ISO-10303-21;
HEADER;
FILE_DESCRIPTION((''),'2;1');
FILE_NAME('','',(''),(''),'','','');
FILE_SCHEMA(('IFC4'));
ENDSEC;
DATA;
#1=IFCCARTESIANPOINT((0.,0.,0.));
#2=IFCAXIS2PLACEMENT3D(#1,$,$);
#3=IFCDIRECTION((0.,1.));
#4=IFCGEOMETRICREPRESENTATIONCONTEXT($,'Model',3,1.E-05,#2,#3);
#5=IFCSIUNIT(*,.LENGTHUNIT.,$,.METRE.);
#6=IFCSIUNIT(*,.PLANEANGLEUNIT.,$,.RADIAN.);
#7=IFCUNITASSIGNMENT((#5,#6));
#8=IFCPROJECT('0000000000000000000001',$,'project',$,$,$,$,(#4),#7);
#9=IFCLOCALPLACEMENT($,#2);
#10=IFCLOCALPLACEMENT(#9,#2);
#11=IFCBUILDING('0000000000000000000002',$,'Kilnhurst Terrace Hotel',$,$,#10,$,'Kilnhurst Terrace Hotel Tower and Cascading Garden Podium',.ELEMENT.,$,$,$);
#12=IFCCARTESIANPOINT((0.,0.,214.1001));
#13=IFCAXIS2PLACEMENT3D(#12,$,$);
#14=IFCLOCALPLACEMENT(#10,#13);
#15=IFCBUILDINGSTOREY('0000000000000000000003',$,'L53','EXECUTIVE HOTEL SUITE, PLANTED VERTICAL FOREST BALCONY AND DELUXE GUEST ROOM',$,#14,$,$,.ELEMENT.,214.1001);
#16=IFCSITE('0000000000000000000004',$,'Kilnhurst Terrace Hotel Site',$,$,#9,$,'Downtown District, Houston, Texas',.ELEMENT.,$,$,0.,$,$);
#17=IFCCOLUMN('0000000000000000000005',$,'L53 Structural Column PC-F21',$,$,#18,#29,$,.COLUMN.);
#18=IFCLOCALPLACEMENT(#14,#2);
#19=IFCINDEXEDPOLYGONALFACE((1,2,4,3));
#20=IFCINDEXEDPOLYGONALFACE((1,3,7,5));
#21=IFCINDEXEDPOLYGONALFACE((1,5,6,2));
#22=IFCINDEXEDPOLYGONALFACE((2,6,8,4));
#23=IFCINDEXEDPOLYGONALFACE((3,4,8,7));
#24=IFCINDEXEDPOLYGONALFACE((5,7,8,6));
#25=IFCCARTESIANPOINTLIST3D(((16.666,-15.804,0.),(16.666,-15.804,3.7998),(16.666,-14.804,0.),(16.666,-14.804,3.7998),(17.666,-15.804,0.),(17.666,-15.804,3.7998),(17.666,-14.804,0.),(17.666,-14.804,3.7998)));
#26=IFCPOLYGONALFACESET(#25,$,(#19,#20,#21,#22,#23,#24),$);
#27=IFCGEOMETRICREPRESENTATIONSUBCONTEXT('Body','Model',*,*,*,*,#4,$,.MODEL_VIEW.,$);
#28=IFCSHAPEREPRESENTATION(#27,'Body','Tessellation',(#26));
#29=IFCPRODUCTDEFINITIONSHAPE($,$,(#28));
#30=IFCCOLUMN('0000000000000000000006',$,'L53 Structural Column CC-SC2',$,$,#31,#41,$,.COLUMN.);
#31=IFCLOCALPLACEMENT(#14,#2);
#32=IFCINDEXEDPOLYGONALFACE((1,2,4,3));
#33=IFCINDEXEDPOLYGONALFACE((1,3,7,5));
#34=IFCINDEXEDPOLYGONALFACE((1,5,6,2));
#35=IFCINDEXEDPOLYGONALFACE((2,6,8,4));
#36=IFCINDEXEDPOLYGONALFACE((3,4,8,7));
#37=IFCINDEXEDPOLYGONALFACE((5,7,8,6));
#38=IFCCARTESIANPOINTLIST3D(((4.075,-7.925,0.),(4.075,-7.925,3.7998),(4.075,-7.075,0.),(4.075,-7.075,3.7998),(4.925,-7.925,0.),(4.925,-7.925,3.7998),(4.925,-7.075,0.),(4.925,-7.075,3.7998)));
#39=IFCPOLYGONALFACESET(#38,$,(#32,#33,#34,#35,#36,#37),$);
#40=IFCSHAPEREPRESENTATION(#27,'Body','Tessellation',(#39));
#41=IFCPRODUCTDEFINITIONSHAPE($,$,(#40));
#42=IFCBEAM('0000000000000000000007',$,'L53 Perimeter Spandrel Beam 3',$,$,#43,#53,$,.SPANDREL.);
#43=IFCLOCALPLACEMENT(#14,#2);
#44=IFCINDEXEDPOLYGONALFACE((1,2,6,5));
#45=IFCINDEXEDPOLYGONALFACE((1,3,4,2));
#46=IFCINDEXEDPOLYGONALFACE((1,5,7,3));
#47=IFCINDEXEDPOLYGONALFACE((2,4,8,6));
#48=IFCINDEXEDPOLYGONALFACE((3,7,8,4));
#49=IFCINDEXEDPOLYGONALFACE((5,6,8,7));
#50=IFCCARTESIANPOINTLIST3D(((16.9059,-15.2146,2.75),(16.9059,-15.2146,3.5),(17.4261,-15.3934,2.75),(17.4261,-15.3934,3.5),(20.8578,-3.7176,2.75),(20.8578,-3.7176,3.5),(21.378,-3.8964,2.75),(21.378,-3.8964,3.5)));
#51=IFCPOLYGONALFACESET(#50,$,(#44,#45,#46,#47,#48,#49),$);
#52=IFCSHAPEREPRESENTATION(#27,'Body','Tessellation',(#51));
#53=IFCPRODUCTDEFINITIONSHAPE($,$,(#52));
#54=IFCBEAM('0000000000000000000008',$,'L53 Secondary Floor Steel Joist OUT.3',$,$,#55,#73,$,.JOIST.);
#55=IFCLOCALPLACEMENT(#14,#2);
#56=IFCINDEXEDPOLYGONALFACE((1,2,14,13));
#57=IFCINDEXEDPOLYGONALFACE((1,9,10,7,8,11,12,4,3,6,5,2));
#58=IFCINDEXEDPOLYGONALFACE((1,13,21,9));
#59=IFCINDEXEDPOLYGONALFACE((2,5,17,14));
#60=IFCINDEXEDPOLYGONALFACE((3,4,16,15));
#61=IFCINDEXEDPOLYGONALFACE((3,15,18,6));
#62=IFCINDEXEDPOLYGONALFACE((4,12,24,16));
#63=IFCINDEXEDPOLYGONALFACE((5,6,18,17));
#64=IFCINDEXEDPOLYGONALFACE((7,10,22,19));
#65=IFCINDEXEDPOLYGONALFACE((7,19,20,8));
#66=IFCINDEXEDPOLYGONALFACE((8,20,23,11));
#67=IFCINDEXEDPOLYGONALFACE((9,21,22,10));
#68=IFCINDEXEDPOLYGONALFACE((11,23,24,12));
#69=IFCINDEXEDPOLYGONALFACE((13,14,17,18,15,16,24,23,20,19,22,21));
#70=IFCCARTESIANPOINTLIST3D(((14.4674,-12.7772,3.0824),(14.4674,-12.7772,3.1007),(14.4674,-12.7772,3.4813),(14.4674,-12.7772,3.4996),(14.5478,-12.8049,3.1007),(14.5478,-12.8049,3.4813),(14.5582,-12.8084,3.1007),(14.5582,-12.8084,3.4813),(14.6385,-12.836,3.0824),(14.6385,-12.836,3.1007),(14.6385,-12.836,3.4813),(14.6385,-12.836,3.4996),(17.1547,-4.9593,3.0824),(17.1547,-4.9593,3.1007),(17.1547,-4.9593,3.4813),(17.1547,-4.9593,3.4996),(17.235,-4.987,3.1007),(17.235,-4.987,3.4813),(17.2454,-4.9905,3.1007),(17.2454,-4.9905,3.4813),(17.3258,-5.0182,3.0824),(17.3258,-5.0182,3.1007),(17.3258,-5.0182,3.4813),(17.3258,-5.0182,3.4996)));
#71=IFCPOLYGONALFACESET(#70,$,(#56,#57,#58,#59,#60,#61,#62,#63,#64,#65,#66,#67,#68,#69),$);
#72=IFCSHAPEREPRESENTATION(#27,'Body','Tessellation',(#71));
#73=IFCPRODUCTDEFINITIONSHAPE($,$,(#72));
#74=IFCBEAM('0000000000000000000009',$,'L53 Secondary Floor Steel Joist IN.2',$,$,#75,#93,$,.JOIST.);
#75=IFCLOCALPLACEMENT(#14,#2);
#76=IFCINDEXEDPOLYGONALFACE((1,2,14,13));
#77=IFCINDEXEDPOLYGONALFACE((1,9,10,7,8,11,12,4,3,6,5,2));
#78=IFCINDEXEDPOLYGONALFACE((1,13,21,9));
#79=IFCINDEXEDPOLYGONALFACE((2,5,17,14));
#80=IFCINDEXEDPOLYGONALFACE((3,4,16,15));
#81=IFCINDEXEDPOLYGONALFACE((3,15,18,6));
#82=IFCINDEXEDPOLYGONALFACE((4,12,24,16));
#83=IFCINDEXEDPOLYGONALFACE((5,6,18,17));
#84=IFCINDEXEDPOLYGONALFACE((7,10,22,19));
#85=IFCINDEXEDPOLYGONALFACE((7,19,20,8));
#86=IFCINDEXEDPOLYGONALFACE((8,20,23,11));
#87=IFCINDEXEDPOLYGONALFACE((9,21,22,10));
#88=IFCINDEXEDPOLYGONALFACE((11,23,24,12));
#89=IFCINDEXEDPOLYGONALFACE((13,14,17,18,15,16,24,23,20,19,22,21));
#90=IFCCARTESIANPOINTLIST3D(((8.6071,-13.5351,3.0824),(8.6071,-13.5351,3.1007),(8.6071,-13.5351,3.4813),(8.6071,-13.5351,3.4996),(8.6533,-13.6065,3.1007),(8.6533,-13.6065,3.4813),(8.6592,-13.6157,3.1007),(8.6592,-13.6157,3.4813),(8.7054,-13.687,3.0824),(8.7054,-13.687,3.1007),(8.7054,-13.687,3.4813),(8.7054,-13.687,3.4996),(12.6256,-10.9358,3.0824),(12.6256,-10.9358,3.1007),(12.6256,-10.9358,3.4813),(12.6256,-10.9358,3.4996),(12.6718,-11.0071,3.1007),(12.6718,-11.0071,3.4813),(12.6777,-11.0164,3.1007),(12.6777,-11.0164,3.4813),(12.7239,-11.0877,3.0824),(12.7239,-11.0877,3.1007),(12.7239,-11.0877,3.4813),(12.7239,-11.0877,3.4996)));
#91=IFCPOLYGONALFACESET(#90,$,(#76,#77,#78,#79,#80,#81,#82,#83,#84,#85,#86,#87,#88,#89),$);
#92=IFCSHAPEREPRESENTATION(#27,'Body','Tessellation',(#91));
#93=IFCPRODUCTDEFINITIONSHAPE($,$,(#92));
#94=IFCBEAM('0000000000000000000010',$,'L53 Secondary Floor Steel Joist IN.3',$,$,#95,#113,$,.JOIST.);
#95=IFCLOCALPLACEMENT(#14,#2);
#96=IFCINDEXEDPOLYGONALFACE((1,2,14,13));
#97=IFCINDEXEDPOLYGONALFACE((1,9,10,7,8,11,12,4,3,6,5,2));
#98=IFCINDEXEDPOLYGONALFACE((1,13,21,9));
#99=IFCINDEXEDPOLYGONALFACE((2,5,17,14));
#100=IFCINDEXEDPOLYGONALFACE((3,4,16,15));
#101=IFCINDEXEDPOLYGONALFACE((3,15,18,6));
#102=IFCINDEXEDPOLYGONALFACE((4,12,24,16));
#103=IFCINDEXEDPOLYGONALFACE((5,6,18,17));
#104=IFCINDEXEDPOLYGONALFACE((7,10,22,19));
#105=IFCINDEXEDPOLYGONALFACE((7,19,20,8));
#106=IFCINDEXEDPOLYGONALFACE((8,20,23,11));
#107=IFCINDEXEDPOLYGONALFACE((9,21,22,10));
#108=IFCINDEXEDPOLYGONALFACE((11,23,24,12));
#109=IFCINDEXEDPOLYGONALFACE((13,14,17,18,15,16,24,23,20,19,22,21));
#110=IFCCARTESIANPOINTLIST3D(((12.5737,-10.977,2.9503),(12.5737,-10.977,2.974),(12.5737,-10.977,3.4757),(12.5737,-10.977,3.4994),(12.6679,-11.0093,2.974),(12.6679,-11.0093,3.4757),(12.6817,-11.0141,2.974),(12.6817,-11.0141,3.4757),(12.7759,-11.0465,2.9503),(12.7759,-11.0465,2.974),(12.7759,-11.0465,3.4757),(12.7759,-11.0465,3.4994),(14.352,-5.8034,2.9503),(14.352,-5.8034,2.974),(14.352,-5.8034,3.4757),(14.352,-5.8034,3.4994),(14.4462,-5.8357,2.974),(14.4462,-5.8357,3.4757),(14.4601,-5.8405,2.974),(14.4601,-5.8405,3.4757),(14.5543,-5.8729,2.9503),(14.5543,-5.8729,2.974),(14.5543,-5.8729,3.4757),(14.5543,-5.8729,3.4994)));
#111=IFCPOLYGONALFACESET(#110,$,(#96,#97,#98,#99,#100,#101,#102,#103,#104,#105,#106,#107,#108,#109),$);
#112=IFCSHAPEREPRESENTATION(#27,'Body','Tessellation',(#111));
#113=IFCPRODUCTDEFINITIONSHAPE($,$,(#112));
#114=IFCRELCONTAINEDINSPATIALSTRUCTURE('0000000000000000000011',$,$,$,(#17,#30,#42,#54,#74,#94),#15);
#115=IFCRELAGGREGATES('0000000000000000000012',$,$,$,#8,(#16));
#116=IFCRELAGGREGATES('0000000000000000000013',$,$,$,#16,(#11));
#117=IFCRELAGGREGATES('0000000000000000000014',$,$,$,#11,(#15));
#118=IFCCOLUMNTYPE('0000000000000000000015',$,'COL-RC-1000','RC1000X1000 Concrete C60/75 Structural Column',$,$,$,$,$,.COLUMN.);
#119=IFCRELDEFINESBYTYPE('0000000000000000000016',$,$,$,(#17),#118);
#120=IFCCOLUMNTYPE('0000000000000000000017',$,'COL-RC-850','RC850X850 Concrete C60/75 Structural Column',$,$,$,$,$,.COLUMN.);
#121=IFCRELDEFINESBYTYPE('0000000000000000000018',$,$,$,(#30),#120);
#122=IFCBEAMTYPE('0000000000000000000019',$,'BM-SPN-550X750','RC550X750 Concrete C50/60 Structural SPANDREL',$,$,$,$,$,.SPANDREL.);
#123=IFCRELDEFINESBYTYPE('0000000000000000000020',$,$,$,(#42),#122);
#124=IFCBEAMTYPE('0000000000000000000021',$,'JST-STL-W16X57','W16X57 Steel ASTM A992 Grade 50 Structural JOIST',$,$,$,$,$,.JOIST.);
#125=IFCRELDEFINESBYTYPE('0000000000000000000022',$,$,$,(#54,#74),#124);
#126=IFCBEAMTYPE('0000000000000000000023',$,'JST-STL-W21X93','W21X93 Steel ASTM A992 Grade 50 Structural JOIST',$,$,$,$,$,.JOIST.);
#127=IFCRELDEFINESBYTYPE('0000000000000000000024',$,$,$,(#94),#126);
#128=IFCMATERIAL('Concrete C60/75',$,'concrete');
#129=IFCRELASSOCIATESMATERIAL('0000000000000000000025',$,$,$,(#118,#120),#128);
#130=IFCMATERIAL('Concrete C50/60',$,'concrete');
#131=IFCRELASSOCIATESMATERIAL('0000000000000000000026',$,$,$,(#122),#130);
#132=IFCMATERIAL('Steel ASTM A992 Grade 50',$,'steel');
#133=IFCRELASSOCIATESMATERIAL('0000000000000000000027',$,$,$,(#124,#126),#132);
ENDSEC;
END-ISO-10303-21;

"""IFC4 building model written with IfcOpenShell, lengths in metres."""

from ifc_helpers import new_model, si_unit, direction, frame, origin, origin_2d, place, context, subcontext, project, spatial, rectangle, i_section, extrude, material, material_profile, profile_set, type_object, element, save


model = new_model("IFC4")

# Units and contexts
model_context = context("Model", 3, precision=1e-05, world=origin(), true_north=direction((0.0, 1.0)))
body_context = subcontext(model_context, "Body", "Model", "MODEL_VIEW")
ifc_project = project(units=[si_unit("LENGTHUNIT", "METRE"), si_unit("PLANEANGLEUNIT", "RADIAN")], contexts=[model_context])

# Site, building, storey
site_placement = place(None, origin())
site = spatial("IfcSite", under=ifc_project, at=site_placement, Name="Kilnhurst Terrace Hotel Site", LongName="Downtown District, Houston, Texas", CompositionType="ELEMENT", RefElevation=0.0)
building_placement = place(site_placement, origin())
building = spatial("IfcBuilding", under=site, at=building_placement, Name="Kilnhurst Terrace Hotel", LongName="Kilnhurst Terrace Hotel Tower and Cascading Garden Podium", CompositionType="ELEMENT")
storey_placement = place(building_placement, frame((0.0, 0.0, 214.1001)))
storey = spatial("IfcBuildingStorey", under=building, at=storey_placement, Name="L53", Description="EXECUTIVE HOTEL SUITE, PLANTED VERTICAL FOREST BALCONY AND DELUXE GUEST ROOM", CompositionType="ELEMENT", Elevation=214.1001)

# Columns
ifc_material_1 = material(Name="Concrete C60/75", Category="concrete")
ifc_material_profile_1 = material_profile(ifc_material_1, rectangle(XDim=1.0, YDim=1.0, at=origin_2d()), Name="RC1000X1000")
ifc_profile_set_1 = profile_set([ifc_material_profile_1], Name="Concrete C60/75")
column_type_1 = type_object("IfcColumnType", Name="COL-RC-1000", Description="RC1000X1000 Concrete C60/75 Structural Column", PredefinedType="COLUMN", material=ifc_profile_set_1)
column_1_placement = place(storey_placement, frame((17.166, -15.304, 0.0), z_axis=(0.0, 0.0, 1.0), x_axis=(1.0, 0.0, 0.0)))
element("IfcColumn", 1, at=column_1_placement, inside=storey, type_object=column_type_1, Name="L53 Structural Column PC-F21", PredefinedType="COLUMN", context=body_context, shape_type="SweptSolid", body=[
    extrude(rectangle(XDim=1.0, YDim=1.0, at=origin_2d()), origin(), (0.0, 0.0, 1.0), 3.7998),
])
ifc_material_profile_2 = material_profile(ifc_material_1, rectangle(XDim=0.8501, YDim=0.8501, at=origin_2d()), Name="RC850X850")
ifc_profile_set_2 = profile_set([ifc_material_profile_2], Name="Concrete C60/75")
column_type_2 = type_object("IfcColumnType", Name="COL-RC-850", Description="RC850X850 Concrete C60/75 Structural Column", PredefinedType="COLUMN", material=ifc_profile_set_2)
column_2_placement = place(storey_placement, frame((4.5, -7.5, 0.0), z_axis=(0.0, 0.0, 1.0), x_axis=(1.0, 0.0, 0.0)))
element("IfcColumn", 2, at=column_2_placement, inside=storey, type_object=column_type_2, Name="L53 Structural Column CC-SC2", PredefinedType="COLUMN", context=body_context, shape_type="SweptSolid", body=[
    extrude(rectangle(XDim=0.8501, YDim=0.8501, at=origin_2d()), origin(), (0.0, 0.0, 1.0), 3.7998),
])

# Beams
ifc_material_2 = material(Name="Concrete C50/60", Category="concrete")
ifc_material_profile_3 = material_profile(ifc_material_2, rectangle(XDim=0.55, YDim=0.75, at=origin_2d()), Name="RC550X750")
ifc_profile_set_3 = profile_set([ifc_material_profile_3], Name="Concrete C50/60")
beam_type_1 = type_object("IfcBeamType", Name="BM-SPN-550X750", Description="RC550X750 Concrete C50/60 Structural SPANDREL", PredefinedType="SPANDREL", material=ifc_profile_set_3)
beam_1_placement = place(storey_placement, frame((17.166, -15.304, 3.125), z_axis=(0.325064, 0.945692, 0.0), x_axis=(-0.945692, 0.325064, 0.0)))
element("IfcBeam", 3, at=beam_1_placement, inside=storey, type_object=beam_type_1, Name="L53 Perimeter Spandrel Beam 3", PredefinedType="SPANDREL", context=body_context, shape_type="SweptSolid", body=[
    extrude(rectangle(XDim=0.55, YDim=0.75, at=origin_2d()), origin(), (0.0, 0.0, 1.0), 12.1572),
])
ifc_material_3 = material(Name="Steel ASTM A992 Grade 50", Category="steel")
ifc_material_profile_4 = material_profile(ifc_material_3, i_section(OverallWidth=0.1809, OverallDepth=0.4172, WebThickness=0.011, FlangeThickness=0.0183, at=origin_2d()), Name="W16X57")
ifc_profile_set_4 = profile_set([ifc_material_profile_4], Name="Steel ASTM A992 Grade 50")
beam_type_2 = type_object("IfcBeamType", Name="JST-STL-W16X57", Description="W16X57 Steel ASTM A992 Grade 50 Structural JOIST", PredefinedType="JOIST", material=ifc_profile_set_4)
beam_2_placement = place(storey_placement, frame((14.553, -12.8066, 3.291), z_axis=(0.325065, 0.945692, 0.0), x_axis=(-0.945692, 0.325065, 0.0)))
element("IfcBeam", 4, at=beam_2_placement, inside=storey, type_object=beam_type_2, Name="L53 Secondary Floor Steel Joist OUT.3", PredefinedType="JOIST", context=body_context, shape_type="SweptSolid", body=[
    extrude(i_section(OverallWidth=0.1809, OverallDepth=0.4172, WebThickness=0.011, FlangeThickness=0.0183, at=origin_2d()), origin(), (0.0, 0.0, 1.0), 8.2668),
])
beam_3_placement = place(storey_placement, frame((8.6562, -13.6111, 3.291), z_axis=(0.839654, 0.543122, 0.0), x_axis=(-0.543122, 0.839654, 0.0)))
element("IfcBeam", 5, at=beam_3_placement, inside=storey, type_object=beam_type_2, Name="L53 Secondary Floor Steel Joist IN.2", PredefinedType="JOIST", context=body_context, shape_type="SweptSolid", body=[
    extrude(i_section(OverallWidth=0.1809, OverallDepth=0.4172, WebThickness=0.011, FlangeThickness=0.0183, at=origin_2d()), origin(), (0.0, 0.0, 1.0), 4.7859),
])
ifc_material_profile_5 = material_profile(ifc_material_3, i_section(OverallWidth=0.2139, OverallDepth=0.5491, WebThickness=0.0146, FlangeThickness=0.0237, at=origin_2d()), Name="W21X93")
ifc_profile_set_5 = profile_set([ifc_material_profile_5], Name="Steel ASTM A992 Grade 50")
beam_type_3 = type_object("IfcBeamType", Name="JST-STL-W21X93", Description="W21X93 Steel ASTM A992 Grade 50 Structural JOIST", PredefinedType="JOIST", material=ifc_profile_set_5)
beam_4_placement = place(storey_placement, frame((12.6748, -11.0117, 3.2249), z_axis=(0.325064, 0.945692, 0.0), x_axis=(-0.945692, 0.325064, 0.0)))
element("IfcBeam", 6, at=beam_4_placement, inside=storey, type_object=beam_type_3, Name="L53 Secondary Floor Steel Joist IN.3", PredefinedType="JOIST", context=body_context, shape_type="SweptSolid", body=[
    extrude(i_section(OverallWidth=0.2139, OverallDepth=0.5491, WebThickness=0.0146, FlangeThickness=0.0237, at=origin_2d()), origin(), (0.0, 0.0, 1.0), 5.4707),
])

save(model, "model.ifc")
